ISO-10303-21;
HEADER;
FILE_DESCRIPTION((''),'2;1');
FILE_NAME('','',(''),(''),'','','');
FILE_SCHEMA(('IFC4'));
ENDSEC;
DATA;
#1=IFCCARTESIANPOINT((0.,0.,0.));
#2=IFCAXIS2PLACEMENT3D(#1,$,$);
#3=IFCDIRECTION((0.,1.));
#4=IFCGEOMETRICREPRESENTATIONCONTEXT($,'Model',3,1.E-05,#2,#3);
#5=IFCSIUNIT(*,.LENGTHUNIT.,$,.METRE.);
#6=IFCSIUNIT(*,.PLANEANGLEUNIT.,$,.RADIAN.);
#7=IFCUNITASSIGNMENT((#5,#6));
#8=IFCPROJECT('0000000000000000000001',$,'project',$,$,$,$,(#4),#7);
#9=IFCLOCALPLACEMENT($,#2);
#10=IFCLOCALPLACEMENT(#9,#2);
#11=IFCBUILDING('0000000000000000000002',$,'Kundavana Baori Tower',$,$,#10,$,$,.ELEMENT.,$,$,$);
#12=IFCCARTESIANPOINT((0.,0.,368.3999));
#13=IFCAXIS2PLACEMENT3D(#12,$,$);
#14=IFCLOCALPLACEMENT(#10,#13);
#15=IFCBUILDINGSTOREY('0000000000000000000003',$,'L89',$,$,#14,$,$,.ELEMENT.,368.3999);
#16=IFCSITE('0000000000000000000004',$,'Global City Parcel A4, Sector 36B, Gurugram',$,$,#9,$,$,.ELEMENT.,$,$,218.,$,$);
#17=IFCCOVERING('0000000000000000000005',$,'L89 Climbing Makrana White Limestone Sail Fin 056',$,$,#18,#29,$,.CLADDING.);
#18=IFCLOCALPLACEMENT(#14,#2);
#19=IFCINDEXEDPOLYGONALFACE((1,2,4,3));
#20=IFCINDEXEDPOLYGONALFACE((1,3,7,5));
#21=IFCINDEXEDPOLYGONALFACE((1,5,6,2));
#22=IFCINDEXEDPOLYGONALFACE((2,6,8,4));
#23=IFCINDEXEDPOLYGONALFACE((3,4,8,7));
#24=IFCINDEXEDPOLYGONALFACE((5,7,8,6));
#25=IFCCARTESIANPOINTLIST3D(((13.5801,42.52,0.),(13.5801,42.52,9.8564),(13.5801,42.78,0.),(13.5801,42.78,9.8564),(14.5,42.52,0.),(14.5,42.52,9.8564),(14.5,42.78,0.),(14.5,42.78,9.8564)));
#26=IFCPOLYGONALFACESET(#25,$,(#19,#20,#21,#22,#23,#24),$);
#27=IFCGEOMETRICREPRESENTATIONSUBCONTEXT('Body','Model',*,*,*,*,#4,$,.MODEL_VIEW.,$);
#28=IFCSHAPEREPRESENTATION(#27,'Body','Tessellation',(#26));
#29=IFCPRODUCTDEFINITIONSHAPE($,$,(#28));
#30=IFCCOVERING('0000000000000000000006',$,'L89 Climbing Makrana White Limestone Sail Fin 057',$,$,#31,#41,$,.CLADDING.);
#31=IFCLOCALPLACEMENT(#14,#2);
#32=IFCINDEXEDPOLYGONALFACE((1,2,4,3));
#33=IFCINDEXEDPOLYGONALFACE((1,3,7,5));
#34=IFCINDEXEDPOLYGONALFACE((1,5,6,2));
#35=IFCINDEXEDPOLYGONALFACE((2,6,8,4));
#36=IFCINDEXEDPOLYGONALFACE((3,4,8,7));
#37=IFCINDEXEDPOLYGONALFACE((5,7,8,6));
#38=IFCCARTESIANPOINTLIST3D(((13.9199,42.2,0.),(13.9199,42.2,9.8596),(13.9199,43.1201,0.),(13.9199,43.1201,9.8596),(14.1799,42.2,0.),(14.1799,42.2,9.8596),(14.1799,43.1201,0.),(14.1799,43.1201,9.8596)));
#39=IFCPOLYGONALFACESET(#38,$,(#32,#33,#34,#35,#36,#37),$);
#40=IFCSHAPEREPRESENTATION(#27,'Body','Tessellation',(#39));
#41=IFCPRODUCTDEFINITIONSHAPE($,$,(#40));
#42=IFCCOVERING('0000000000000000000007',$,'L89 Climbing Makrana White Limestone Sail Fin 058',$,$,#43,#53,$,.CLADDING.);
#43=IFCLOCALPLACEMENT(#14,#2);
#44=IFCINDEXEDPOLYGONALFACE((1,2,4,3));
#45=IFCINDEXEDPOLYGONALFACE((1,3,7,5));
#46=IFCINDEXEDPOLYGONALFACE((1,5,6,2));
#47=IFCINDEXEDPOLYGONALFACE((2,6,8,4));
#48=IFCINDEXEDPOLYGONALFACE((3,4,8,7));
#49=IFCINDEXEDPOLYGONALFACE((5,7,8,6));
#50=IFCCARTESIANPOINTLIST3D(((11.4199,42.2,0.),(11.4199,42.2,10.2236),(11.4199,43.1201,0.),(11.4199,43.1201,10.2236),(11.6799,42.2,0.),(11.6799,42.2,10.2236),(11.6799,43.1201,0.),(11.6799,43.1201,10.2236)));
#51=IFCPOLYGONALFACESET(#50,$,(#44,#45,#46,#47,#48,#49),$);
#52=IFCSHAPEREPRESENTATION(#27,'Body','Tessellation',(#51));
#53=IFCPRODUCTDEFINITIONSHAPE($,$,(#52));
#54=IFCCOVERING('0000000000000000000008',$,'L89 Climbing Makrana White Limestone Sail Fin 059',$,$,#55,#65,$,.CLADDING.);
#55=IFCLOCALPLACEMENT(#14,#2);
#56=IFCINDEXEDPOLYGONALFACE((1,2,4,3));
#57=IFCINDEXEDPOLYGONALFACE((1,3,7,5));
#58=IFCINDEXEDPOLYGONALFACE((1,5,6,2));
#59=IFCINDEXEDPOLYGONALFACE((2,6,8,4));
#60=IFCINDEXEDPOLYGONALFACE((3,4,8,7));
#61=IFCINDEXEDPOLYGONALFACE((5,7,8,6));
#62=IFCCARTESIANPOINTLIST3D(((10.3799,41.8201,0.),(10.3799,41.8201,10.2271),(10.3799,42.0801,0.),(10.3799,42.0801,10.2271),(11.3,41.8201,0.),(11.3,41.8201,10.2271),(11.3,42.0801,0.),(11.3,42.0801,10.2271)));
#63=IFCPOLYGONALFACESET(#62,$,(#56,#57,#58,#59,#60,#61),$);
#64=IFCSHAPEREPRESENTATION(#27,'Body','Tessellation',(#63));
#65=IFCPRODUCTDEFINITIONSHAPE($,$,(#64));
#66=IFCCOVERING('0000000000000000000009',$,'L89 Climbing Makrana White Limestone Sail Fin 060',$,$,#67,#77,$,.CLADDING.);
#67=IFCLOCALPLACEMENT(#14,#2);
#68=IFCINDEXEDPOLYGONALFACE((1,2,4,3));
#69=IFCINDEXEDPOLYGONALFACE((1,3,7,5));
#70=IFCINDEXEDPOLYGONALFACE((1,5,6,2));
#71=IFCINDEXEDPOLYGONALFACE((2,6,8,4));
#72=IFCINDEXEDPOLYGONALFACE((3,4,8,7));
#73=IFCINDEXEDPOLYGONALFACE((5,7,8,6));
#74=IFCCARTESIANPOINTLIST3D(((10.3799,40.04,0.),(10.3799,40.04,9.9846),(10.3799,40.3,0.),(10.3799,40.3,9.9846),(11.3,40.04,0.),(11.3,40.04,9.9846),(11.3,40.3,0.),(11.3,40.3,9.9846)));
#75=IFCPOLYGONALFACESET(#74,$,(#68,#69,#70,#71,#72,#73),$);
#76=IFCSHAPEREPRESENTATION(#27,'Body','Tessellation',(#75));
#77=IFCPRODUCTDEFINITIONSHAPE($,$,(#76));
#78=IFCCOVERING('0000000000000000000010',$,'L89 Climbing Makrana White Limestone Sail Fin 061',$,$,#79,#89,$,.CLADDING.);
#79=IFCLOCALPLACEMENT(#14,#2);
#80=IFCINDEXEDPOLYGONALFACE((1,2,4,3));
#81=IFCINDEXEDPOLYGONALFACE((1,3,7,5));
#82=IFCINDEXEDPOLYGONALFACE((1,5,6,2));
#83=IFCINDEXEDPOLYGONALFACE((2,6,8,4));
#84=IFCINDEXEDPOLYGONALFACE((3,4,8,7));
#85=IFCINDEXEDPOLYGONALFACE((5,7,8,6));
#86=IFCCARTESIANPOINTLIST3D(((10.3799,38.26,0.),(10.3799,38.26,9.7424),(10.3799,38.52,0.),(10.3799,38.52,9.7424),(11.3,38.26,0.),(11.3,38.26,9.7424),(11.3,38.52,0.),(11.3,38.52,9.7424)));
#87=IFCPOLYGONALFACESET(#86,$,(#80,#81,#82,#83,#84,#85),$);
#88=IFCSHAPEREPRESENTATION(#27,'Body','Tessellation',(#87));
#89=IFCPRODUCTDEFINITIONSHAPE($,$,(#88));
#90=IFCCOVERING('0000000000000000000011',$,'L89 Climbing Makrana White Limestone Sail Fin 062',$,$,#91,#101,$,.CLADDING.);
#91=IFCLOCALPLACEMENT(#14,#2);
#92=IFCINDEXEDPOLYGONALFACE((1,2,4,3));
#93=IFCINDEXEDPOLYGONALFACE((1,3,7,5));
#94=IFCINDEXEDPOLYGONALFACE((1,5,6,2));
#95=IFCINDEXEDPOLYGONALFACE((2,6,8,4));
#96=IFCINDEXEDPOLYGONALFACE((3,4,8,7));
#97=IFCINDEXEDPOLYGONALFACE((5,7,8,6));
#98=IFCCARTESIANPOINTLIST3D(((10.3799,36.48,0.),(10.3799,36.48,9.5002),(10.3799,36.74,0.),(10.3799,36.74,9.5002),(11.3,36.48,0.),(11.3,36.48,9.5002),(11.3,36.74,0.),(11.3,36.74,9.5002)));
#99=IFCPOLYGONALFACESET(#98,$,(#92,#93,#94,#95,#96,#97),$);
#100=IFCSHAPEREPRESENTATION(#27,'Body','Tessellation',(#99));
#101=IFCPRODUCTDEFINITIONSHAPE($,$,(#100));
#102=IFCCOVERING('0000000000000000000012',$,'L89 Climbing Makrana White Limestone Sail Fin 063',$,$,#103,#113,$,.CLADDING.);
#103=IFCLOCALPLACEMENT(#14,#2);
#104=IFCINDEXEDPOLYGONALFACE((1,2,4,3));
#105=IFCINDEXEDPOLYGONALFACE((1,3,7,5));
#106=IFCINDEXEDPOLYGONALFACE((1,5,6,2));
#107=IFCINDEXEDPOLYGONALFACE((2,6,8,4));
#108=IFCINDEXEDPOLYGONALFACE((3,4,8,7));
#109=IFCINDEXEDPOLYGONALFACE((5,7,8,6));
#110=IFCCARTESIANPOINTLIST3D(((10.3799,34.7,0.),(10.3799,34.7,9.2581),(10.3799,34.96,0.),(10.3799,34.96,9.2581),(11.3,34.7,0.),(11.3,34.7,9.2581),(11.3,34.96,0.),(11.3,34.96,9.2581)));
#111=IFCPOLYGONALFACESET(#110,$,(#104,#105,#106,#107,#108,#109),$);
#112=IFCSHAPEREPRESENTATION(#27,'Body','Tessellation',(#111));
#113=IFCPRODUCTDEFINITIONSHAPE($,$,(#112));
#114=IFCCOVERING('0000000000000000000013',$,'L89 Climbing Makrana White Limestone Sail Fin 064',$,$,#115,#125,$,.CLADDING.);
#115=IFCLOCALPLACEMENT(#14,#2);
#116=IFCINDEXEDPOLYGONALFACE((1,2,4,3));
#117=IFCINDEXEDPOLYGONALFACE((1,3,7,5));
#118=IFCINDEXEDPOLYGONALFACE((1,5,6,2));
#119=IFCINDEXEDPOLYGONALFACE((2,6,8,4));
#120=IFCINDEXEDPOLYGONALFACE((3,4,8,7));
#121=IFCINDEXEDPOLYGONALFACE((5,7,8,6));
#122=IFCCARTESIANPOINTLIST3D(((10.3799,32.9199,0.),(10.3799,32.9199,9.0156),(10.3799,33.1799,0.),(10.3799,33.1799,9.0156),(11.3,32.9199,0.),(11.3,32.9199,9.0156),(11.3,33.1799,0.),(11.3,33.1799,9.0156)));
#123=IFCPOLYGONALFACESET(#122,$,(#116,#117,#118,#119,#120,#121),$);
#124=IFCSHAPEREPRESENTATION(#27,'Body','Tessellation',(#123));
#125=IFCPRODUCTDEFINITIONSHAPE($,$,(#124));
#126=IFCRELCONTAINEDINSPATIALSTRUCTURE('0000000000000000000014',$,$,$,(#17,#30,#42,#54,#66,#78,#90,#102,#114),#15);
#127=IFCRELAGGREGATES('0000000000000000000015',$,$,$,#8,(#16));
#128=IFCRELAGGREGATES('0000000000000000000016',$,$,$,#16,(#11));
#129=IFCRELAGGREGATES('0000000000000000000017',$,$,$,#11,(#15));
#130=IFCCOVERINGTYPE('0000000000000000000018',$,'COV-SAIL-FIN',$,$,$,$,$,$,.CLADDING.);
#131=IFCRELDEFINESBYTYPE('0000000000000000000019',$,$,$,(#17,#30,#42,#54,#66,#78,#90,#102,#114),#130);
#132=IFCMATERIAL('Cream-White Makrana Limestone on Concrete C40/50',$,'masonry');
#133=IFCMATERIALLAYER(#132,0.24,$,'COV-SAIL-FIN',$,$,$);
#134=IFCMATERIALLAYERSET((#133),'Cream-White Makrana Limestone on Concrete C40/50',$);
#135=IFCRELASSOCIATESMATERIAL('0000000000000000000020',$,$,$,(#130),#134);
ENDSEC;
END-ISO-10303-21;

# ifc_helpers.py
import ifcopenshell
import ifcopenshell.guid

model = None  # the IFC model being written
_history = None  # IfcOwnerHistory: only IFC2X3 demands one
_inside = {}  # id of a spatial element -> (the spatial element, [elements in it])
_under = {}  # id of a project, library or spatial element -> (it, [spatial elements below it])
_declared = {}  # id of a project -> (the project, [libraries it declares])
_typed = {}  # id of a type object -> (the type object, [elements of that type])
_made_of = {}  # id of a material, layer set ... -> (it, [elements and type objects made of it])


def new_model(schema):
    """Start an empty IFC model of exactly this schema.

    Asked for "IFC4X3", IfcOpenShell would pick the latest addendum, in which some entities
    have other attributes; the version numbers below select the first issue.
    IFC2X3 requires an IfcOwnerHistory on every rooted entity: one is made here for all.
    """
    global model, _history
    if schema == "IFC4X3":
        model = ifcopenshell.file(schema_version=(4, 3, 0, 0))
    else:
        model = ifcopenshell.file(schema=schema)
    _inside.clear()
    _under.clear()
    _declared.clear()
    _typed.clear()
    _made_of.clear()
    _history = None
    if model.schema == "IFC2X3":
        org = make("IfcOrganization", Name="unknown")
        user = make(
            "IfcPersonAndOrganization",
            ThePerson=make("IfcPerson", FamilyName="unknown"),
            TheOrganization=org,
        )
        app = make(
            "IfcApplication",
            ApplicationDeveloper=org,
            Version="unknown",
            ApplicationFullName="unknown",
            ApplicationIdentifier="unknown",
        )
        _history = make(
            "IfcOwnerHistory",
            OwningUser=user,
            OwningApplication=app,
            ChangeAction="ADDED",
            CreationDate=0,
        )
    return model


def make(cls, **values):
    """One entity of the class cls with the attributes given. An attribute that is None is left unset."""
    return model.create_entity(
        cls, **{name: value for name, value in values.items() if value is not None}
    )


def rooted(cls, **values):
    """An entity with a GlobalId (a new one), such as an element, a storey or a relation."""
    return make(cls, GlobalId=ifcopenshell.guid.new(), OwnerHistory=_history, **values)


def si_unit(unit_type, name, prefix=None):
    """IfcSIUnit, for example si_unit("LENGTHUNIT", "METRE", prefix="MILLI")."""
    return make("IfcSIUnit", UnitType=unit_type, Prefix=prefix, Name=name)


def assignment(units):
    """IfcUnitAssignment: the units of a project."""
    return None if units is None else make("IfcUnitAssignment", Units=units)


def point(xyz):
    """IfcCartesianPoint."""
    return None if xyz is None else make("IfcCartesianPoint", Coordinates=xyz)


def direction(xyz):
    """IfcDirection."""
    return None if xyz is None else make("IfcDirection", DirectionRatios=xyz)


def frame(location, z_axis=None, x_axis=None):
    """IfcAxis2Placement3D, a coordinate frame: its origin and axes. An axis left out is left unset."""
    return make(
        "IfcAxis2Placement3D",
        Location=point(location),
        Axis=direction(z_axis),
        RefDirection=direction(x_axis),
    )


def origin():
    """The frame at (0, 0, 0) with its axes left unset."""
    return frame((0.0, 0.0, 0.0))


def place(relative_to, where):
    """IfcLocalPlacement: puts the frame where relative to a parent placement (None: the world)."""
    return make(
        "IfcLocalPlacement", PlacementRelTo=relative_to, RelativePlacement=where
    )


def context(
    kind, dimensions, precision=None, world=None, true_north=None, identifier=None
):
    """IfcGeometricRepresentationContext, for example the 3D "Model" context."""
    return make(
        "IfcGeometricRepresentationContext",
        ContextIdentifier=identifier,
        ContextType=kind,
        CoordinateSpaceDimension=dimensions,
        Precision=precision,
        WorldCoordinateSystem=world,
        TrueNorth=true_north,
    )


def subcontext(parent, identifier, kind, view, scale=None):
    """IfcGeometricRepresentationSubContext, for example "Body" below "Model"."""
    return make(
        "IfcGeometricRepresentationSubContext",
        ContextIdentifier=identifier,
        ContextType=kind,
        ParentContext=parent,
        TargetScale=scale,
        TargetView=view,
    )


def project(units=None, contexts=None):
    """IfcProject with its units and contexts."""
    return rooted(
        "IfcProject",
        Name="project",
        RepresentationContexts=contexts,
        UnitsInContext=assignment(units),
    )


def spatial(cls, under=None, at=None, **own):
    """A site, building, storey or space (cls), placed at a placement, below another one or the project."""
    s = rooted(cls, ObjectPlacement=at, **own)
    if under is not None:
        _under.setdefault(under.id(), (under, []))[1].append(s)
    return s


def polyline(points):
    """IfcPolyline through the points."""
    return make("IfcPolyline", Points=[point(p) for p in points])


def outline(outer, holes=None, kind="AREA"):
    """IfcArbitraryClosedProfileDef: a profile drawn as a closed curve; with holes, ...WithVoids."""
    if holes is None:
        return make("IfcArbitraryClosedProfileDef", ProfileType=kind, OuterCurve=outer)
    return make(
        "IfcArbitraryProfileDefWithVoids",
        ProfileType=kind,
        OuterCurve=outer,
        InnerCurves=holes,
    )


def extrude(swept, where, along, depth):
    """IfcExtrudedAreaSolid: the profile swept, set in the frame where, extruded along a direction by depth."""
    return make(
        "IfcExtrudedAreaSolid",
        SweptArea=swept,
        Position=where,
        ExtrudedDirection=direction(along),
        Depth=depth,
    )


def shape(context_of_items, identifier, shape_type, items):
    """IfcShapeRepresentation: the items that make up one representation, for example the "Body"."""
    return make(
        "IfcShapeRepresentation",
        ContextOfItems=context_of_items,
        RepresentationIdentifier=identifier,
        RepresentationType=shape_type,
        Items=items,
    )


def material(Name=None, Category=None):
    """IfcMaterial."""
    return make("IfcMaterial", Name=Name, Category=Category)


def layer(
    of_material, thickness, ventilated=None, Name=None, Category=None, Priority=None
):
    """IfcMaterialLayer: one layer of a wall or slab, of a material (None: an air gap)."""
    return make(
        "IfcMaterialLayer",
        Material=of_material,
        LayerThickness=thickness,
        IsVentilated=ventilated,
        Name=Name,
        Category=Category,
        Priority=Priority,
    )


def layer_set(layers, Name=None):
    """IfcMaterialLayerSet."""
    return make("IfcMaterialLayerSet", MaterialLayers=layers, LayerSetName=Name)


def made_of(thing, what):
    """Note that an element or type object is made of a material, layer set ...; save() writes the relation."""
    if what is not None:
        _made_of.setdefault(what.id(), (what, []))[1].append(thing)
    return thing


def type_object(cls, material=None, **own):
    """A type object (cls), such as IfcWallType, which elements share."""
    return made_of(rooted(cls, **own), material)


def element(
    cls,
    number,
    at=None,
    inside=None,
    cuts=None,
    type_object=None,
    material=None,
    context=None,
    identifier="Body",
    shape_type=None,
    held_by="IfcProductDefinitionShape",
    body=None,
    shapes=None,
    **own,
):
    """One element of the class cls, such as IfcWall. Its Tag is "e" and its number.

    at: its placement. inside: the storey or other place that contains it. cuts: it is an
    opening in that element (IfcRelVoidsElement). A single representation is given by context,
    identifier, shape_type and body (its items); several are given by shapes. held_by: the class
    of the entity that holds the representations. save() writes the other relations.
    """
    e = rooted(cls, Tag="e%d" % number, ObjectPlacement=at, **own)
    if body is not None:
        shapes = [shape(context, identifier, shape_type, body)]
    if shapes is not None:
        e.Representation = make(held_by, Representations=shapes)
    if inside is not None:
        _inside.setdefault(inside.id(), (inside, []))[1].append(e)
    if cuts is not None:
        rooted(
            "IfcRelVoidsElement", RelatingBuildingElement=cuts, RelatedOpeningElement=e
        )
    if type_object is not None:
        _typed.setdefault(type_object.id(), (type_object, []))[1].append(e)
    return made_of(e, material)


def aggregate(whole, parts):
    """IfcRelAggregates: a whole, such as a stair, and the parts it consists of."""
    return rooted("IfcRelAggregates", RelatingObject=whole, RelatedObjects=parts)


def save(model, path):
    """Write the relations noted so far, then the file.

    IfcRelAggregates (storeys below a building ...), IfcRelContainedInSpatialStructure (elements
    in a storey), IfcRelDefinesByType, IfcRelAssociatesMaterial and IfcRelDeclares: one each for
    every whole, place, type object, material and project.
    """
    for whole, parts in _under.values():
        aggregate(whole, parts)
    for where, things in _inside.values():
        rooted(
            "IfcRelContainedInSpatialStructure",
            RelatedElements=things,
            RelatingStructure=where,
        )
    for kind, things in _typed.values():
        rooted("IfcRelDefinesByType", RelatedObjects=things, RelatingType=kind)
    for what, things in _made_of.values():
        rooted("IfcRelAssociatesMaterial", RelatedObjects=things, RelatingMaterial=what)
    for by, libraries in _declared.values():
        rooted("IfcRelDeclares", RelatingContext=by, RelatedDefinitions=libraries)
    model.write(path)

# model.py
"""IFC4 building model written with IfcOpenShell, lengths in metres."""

from ifc_helpers import new_model, si_unit, direction, frame, origin, place, context, subcontext, project, spatial, polyline, outline, extrude, material, layer, layer_set, type_object, element, save


model = new_model("IFC4")

# Units and contexts
model_context = context("Model", 3, precision=1e-05, world=origin(), true_north=direction((0.0, 1.0)))
body_context = subcontext(model_context, "Body", "Model", "MODEL_VIEW")
ifc_project = project(units=[si_unit("LENGTHUNIT", "METRE"), si_unit("PLANEANGLEUNIT", "RADIAN")], contexts=[model_context])

# Site, building, storey
site_placement = place(None, origin())
site = spatial("IfcSite", under=ifc_project, at=site_placement, Name="Global City Parcel A4, Sector 36B, Gurugram", CompositionType="ELEMENT", RefElevation=218.0)
building_placement = place(site_placement, origin())
building = spatial("IfcBuilding", under=site, at=building_placement, Name="Kundavana Baori Tower", CompositionType="ELEMENT")
storey_placement = place(building_placement, frame((0.0, 0.0, 368.3999)))
storey = spatial("IfcBuildingStorey", under=building, at=storey_placement, Name="L89", CompositionType="ELEMENT", Elevation=368.3999)

# Coverings
ifc_material = material(Name="Cream-White Makrana Limestone on Concrete C40/50", Category="masonry")
ifc_layer = layer(ifc_material, 0.24, Name="COV-SAIL-FIN")
ifc_layer_set = layer_set([ifc_layer], Name="Cream-White Makrana Limestone on Concrete C40/50")
covering_type = type_object("IfcCoveringType", Name="COV-SAIL-FIN", PredefinedType="CLADDING", material=ifc_layer_set)
covering_1_placement = place(storey_placement, origin())
element("IfcCovering", 1, at=covering_1_placement, inside=storey, type_object=covering_type, Name="L89 Climbing Makrana White Limestone Sail Fin 056", PredefinedType="CLADDING", context=body_context, shape_type="SweptSolid", body=[
    extrude(outline(polyline([(13.5801, 42.52), (14.5, 42.52), (14.5, 42.78), (13.5801, 42.78), (13.5801, 42.52)])), origin(), (0.0, 0.0, 1.0), 9.8564),
])
covering_2_placement = place(storey_placement, origin())
element("IfcCovering", 2, at=covering_2_placement, inside=storey, type_object=covering_type, Name="L89 Climbing Makrana White Limestone Sail Fin 057", PredefinedType="CLADDING", context=body_context, shape_type="SweptSolid", body=[
    extrude(outline(polyline([(13.9199, 42.2), (14.1799, 42.2), (14.1799, 43.1201), (13.9199, 43.1201), (13.9199, 42.2)])), origin(), (0.0, 0.0, 1.0), 9.8596),
])
covering_3_placement = place(storey_placement, origin())
element("IfcCovering", 3, at=covering_3_placement, inside=storey, type_object=covering_type, Name="L89 Climbing Makrana White Limestone Sail Fin 058", PredefinedType="CLADDING", context=body_context, shape_type="SweptSolid", body=[
    extrude(outline(polyline([(11.4199, 42.2), (11.6799, 42.2), (11.6799, 43.1201), (11.4199, 43.1201), (11.4199, 42.2)])), origin(), (0.0, 0.0, 1.0), 10.2236),
])
covering_4_placement = place(storey_placement, origin())
element("IfcCovering", 4, at=covering_4_placement, inside=storey, type_object=covering_type, Name="L89 Climbing Makrana White Limestone Sail Fin 059", PredefinedType="CLADDING", context=body_context, shape_type="SweptSolid", body=[
    extrude(outline(polyline([(10.3799, 41.8201), (11.3, 41.8201), (11.3, 42.0801), (10.3799, 42.0801), (10.3799, 41.8201)])), origin(), (0.0, 0.0, 1.0), 10.2271),
])
covering_5_placement = place(storey_placement, origin())
element("IfcCovering", 5, at=covering_5_placement, inside=storey, type_object=covering_type, Name="L89 Climbing Makrana White Limestone Sail Fin 060", PredefinedType="CLADDING", context=body_context, shape_type="SweptSolid", body=[
    extrude(outline(polyline([(10.3799, 40.04), (11.3, 40.04), (11.3, 40.3), (10.3799, 40.3), (10.3799, 40.04)])), origin(), (0.0, 0.0, 1.0), 9.9846),
])
covering_6_placement = place(storey_placement, origin())
element("IfcCovering", 6, at=covering_6_placement, inside=storey, type_object=covering_type, Name="L89 Climbing Makrana White Limestone Sail Fin 061", PredefinedType="CLADDING", context=body_context, shape_type="SweptSolid", body=[
    extrude(outline(polyline([(10.3799, 38.26), (11.3, 38.26), (11.3, 38.52), (10.3799, 38.52), (10.3799, 38.26)])), origin(), (0.0, 0.0, 1.0), 9.7424),
])
covering_7_placement = place(storey_placement, origin())
element("IfcCovering", 7, at=covering_7_placement, inside=storey, type_object=covering_type, Name="L89 Climbing Makrana White Limestone Sail Fin 062", PredefinedType="CLADDING", context=body_context, shape_type="SweptSolid", body=[
    extrude(outline(polyline([(10.3799, 36.48), (11.3, 36.48), (11.3, 36.74), (10.3799, 36.74), (10.3799, 36.48)])), origin(), (0.0, 0.0, 1.0), 9.5002),
])
covering_8_placement = place(storey_placement, origin())
element("IfcCovering", 8, at=covering_8_placement, inside=storey, type_object=covering_type, Name="L89 Climbing Makrana White Limestone Sail Fin 063", PredefinedType="CLADDING", context=body_context, shape_type="SweptSolid", body=[
    extrude(outline(polyline([(10.3799, 34.7), (11.3, 34.7), (11.3, 34.96), (10.3799, 34.96), (10.3799, 34.7)])), origin(), (0.0, 0.0, 1.0), 9.2581),
])
covering_9_placement = place(storey_placement, origin())
element("IfcCovering", 9, at=covering_9_placement, inside=storey, type_object=covering_type, Name="L89 Climbing Makrana White Limestone Sail Fin 064", PredefinedType="CLADDING", context=body_context, shape_type="SweptSolid", body=[
    extrude(outline(polyline([(10.3799, 32.9199), (11.3, 32.9199), (11.3, 33.1799), (10.3799, 33.1799), (10.3799, 32.9199)])), origin(), (0.0, 0.0, 1.0), 9.0156),
])

save(model, "model.ifc")
